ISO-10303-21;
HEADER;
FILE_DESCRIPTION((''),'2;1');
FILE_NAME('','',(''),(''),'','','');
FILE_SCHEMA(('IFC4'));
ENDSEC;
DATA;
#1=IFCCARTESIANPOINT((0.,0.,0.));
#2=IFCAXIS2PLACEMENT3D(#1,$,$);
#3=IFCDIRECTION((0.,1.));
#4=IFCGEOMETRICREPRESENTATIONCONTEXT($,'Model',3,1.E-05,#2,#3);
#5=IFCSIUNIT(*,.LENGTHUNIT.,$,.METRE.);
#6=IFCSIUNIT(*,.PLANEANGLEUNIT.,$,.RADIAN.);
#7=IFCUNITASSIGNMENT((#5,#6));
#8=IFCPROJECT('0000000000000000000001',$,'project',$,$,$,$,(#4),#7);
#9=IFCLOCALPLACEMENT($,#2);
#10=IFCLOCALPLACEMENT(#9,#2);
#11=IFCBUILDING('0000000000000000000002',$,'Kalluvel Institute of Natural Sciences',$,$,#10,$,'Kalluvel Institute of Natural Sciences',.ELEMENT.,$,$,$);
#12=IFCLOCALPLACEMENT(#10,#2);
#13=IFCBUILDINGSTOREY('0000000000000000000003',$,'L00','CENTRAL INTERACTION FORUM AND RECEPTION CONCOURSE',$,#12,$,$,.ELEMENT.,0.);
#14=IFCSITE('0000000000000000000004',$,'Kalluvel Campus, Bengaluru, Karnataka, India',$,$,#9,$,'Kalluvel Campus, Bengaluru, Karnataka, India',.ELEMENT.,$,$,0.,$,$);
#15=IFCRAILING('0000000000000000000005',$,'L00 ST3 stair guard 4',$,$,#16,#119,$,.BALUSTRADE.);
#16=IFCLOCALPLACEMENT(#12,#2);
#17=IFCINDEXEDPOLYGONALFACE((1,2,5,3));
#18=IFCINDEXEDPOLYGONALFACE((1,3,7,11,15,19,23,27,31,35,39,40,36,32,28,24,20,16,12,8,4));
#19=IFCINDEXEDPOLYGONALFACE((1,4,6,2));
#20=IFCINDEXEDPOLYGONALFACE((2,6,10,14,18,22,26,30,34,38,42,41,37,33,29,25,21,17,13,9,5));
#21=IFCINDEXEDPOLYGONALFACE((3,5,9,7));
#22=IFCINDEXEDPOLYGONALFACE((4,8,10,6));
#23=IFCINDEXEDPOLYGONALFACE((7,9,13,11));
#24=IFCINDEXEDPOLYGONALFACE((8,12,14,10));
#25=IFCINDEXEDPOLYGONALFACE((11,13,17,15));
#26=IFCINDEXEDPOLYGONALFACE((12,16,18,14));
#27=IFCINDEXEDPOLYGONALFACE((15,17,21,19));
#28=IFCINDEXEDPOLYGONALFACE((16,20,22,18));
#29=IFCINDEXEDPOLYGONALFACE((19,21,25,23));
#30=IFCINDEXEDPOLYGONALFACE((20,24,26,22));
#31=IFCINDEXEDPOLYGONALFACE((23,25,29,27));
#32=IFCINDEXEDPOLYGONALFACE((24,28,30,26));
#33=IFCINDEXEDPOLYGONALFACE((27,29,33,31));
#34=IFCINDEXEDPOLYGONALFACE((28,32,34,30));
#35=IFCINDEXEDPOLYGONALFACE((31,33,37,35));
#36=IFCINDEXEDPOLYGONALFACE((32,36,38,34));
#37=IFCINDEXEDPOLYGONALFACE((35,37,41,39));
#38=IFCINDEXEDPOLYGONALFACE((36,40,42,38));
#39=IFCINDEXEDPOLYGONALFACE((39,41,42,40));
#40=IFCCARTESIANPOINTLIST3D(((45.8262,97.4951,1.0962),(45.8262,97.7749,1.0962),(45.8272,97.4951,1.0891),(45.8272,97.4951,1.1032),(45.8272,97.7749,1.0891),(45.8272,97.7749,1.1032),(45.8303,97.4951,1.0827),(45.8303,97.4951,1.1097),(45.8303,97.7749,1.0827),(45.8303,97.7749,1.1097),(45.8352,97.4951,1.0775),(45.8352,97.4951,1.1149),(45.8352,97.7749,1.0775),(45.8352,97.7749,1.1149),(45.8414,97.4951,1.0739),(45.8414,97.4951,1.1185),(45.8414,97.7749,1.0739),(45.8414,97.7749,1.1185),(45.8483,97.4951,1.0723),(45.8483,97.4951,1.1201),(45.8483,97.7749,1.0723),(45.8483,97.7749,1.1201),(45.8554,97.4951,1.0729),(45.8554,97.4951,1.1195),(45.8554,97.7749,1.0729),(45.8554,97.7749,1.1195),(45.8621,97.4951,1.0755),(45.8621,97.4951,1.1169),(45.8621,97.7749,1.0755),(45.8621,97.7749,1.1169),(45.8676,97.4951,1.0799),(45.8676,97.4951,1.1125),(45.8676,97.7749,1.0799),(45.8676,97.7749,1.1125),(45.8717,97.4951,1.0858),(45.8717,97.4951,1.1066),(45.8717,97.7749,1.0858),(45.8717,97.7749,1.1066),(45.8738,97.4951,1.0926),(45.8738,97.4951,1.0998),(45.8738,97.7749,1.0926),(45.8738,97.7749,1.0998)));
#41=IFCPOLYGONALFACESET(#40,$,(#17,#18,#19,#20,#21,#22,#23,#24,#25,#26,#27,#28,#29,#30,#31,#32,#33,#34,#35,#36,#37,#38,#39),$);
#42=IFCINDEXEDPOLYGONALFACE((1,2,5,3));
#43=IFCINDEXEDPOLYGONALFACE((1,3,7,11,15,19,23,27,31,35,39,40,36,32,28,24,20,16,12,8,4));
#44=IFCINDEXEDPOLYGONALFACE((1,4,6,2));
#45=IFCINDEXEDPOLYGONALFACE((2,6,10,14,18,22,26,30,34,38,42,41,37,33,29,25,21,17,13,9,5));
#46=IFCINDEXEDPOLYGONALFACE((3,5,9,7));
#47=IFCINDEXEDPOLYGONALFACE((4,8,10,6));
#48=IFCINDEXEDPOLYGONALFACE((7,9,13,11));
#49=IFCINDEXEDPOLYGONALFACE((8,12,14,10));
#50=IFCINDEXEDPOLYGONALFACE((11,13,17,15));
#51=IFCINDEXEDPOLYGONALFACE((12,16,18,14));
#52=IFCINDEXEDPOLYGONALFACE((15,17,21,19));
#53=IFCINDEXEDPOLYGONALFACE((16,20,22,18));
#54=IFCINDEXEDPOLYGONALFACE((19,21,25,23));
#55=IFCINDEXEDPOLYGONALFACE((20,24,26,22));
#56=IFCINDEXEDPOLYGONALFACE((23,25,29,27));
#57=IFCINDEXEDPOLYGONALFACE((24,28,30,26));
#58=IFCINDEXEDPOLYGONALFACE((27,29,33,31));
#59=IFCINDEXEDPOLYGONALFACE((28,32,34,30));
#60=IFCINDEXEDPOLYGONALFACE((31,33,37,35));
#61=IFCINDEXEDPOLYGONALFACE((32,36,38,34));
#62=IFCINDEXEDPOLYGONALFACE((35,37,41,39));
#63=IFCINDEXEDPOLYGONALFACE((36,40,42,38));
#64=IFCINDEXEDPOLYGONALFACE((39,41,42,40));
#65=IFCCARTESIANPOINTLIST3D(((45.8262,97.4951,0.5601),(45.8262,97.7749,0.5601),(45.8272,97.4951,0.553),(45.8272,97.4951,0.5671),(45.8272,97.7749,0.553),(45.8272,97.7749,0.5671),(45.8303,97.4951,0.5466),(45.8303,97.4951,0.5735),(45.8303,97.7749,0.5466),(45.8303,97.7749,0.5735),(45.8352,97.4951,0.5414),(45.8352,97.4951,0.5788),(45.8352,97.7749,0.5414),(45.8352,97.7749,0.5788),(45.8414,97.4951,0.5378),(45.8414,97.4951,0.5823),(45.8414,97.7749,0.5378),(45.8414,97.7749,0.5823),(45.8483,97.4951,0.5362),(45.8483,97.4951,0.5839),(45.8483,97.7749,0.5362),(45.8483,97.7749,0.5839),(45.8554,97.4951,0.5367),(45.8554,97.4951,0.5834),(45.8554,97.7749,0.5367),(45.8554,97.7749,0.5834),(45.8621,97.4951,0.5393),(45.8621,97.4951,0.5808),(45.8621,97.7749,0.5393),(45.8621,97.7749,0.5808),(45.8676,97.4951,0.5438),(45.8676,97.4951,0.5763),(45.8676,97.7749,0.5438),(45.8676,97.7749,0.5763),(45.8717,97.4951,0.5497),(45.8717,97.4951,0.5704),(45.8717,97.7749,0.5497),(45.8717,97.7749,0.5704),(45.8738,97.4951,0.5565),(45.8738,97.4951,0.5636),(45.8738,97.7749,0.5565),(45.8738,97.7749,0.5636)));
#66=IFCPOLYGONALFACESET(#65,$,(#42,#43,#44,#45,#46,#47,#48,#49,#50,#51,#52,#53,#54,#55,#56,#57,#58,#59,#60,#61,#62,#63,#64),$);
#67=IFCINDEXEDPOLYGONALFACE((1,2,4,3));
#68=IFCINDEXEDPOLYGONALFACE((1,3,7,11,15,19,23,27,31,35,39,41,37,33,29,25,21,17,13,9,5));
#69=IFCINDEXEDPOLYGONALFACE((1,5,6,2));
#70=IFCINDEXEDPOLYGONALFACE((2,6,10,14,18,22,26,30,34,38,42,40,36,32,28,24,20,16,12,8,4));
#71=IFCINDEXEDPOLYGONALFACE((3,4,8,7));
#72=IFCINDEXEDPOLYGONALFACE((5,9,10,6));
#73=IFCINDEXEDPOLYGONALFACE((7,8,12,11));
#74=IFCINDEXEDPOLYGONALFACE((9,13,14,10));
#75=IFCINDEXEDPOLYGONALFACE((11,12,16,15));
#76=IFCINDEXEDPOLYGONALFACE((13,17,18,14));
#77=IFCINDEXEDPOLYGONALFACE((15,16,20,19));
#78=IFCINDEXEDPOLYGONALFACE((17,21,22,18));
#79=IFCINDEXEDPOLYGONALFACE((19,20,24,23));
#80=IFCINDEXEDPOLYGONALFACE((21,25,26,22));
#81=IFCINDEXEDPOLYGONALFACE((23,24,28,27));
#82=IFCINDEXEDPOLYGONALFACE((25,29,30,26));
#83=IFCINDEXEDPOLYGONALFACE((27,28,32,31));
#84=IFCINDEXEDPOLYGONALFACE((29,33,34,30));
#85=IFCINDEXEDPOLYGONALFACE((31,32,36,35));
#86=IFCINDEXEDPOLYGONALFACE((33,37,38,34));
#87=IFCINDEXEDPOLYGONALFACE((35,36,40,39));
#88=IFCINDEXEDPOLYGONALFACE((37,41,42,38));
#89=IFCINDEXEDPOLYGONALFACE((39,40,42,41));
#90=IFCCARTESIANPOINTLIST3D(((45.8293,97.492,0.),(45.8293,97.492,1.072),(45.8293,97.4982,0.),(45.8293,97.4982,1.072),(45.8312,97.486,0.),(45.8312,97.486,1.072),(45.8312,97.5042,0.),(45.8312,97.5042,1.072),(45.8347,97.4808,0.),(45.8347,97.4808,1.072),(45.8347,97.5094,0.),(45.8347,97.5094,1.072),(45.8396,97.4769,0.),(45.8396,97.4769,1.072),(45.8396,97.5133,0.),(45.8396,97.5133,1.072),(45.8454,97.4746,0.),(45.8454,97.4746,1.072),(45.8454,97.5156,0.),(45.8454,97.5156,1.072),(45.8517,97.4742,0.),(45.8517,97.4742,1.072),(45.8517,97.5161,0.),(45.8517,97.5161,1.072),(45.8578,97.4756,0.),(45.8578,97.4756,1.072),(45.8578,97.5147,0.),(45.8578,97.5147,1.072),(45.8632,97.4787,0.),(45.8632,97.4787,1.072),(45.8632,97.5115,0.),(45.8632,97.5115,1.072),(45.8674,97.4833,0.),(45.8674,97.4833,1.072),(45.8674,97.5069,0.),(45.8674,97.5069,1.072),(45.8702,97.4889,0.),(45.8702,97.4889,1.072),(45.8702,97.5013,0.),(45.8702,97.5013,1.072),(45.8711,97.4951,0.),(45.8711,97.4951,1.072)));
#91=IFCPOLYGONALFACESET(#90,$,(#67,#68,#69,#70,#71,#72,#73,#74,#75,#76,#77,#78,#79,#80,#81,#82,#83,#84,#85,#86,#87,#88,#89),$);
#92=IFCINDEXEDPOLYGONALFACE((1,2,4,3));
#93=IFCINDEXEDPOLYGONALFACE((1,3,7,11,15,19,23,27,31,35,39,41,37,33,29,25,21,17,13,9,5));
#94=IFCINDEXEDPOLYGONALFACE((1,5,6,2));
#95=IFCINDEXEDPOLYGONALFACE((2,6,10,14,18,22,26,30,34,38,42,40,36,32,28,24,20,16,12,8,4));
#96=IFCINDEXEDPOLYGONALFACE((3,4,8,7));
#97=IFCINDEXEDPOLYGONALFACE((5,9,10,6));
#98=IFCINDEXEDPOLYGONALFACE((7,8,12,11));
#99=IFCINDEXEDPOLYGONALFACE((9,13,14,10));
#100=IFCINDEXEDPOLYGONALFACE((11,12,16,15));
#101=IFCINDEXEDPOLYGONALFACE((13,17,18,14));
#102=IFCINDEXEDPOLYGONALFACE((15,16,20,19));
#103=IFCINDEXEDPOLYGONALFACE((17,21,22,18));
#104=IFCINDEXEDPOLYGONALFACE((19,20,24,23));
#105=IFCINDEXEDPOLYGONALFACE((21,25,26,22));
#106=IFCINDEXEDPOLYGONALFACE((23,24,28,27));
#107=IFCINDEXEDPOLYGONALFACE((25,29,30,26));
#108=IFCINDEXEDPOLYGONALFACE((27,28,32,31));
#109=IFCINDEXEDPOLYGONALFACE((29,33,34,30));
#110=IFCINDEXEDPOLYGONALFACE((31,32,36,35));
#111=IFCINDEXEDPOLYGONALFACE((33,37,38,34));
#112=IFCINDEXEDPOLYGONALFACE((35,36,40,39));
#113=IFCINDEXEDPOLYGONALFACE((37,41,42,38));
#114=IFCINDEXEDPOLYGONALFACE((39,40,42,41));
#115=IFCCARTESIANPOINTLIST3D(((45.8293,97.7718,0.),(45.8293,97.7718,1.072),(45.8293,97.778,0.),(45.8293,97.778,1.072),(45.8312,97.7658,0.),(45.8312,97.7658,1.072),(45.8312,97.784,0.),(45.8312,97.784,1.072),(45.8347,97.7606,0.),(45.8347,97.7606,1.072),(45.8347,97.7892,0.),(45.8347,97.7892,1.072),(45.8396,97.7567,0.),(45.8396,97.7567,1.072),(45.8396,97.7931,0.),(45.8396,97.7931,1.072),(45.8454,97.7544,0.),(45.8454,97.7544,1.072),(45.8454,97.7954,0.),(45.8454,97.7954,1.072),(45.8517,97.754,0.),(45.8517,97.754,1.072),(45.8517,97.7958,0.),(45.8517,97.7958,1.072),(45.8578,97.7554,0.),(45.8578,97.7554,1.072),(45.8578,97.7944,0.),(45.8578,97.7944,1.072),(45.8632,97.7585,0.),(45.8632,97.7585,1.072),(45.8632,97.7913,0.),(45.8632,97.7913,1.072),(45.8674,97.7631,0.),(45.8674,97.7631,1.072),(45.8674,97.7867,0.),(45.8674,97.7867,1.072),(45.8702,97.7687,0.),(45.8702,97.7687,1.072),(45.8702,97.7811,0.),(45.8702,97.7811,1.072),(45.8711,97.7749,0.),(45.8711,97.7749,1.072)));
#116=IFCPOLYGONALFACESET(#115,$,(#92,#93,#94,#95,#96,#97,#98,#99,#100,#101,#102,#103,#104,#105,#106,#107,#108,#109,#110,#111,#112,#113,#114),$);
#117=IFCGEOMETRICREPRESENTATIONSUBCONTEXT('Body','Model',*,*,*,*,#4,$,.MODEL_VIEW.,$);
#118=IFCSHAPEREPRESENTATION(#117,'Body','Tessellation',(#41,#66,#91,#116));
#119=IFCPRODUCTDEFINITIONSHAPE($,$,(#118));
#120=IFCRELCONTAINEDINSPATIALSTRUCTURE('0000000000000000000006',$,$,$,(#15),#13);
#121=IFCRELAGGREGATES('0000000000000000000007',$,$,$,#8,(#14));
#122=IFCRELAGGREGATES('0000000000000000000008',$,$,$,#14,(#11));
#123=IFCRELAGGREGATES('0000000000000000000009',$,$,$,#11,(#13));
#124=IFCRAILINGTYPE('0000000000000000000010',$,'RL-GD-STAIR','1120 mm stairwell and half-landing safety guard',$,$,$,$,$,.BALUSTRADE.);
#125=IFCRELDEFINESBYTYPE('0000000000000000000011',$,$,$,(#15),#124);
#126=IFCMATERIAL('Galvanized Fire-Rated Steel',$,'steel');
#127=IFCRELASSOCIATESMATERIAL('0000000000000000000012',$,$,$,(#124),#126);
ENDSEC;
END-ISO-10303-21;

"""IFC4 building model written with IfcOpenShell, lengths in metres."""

from ifc_helpers import new_model, si_unit, direction, frame, origin, origin_2d, place, context, subcontext, project, spatial, circle, extrude, material, type_object, element, save


model = new_model("IFC4")

# Units and contexts
model_context = context("Model", 3, precision=1e-05, world=origin(), true_north=direction((0.0, 1.0)))
body_context = subcontext(model_context, "Body", "Model", "MODEL_VIEW")
ifc_project = project(units=[si_unit("LENGTHUNIT", "METRE"), si_unit("PLANEANGLEUNIT", "RADIAN")], contexts=[model_context])

# Site, building, storey
site_placement = place(None, origin())
site = spatial("IfcSite", under=ifc_project, at=site_placement, Name="Kalluvel Campus, Bengaluru, Karnataka, India", LongName="Kalluvel Campus, Bengaluru, Karnataka, India", CompositionType="ELEMENT", RefElevation=0.0)
building_placement = place(site_placement, origin())
building = spatial("IfcBuilding", under=site, at=building_placement, Name="Kalluvel Institute of Natural Sciences", LongName="Kalluvel Institute of Natural Sciences", CompositionType="ELEMENT")
storey_placement = place(building_placement, origin())
storey = spatial("IfcBuildingStorey", under=building, at=storey_placement, Name="L00", Description="CENTRAL INTERACTION FORUM AND RECEPTION CONCOURSE", CompositionType="ELEMENT", Elevation=0.0)

# Railing
ifc_material_1 = material(Name="Galvanized Fire-Rated Steel", Category="steel")
railing_type_1 = type_object("IfcRailingType", Name="RL-GD-STAIR", Description="1120 mm stairwell and half-landing safety guard", PredefinedType="BALUSTRADE", material=ifc_material_1)
railing_1_placement = place(storey_placement, frame((45.8501, 97.4951, 0.0)))
element("IfcRailing", 1, at=railing_1_placement, inside=storey, type_object=railing_type_1, Name="L00 ST3 stair guard 4", PredefinedType="BALUSTRADE", context=body_context, shape_type="SweptSolid", body=[
    extrude(circle(Radius=0.0239, at=origin_2d()), frame((0.0, 0.0, 1.0962), z_axis=(0.0, 1.0, 0.0), x_axis=(-1.0, 0.0, 0.0)), (0.0, 0.0, 1.0), 0.2798),
    extrude(circle(Radius=0.0239, at=origin_2d()), frame((0.0, 0.0, 0.5601), z_axis=(0.0, 1.0, 0.0), x_axis=(-1.0, 0.0, 0.0)), (0.0, 0.0, 1.0), 0.2798),
    extrude(circle(Radius=0.021, at=origin_2d()), origin(), (0.0, 0.0, 1.0), 1.072),
    extrude(circle(Radius=0.021, at=origin_2d()), frame((0.0, 0.2798, 0.0)), (0.0, 0.0, 1.0), 1.072),
])

save(model, "model.ifc")
